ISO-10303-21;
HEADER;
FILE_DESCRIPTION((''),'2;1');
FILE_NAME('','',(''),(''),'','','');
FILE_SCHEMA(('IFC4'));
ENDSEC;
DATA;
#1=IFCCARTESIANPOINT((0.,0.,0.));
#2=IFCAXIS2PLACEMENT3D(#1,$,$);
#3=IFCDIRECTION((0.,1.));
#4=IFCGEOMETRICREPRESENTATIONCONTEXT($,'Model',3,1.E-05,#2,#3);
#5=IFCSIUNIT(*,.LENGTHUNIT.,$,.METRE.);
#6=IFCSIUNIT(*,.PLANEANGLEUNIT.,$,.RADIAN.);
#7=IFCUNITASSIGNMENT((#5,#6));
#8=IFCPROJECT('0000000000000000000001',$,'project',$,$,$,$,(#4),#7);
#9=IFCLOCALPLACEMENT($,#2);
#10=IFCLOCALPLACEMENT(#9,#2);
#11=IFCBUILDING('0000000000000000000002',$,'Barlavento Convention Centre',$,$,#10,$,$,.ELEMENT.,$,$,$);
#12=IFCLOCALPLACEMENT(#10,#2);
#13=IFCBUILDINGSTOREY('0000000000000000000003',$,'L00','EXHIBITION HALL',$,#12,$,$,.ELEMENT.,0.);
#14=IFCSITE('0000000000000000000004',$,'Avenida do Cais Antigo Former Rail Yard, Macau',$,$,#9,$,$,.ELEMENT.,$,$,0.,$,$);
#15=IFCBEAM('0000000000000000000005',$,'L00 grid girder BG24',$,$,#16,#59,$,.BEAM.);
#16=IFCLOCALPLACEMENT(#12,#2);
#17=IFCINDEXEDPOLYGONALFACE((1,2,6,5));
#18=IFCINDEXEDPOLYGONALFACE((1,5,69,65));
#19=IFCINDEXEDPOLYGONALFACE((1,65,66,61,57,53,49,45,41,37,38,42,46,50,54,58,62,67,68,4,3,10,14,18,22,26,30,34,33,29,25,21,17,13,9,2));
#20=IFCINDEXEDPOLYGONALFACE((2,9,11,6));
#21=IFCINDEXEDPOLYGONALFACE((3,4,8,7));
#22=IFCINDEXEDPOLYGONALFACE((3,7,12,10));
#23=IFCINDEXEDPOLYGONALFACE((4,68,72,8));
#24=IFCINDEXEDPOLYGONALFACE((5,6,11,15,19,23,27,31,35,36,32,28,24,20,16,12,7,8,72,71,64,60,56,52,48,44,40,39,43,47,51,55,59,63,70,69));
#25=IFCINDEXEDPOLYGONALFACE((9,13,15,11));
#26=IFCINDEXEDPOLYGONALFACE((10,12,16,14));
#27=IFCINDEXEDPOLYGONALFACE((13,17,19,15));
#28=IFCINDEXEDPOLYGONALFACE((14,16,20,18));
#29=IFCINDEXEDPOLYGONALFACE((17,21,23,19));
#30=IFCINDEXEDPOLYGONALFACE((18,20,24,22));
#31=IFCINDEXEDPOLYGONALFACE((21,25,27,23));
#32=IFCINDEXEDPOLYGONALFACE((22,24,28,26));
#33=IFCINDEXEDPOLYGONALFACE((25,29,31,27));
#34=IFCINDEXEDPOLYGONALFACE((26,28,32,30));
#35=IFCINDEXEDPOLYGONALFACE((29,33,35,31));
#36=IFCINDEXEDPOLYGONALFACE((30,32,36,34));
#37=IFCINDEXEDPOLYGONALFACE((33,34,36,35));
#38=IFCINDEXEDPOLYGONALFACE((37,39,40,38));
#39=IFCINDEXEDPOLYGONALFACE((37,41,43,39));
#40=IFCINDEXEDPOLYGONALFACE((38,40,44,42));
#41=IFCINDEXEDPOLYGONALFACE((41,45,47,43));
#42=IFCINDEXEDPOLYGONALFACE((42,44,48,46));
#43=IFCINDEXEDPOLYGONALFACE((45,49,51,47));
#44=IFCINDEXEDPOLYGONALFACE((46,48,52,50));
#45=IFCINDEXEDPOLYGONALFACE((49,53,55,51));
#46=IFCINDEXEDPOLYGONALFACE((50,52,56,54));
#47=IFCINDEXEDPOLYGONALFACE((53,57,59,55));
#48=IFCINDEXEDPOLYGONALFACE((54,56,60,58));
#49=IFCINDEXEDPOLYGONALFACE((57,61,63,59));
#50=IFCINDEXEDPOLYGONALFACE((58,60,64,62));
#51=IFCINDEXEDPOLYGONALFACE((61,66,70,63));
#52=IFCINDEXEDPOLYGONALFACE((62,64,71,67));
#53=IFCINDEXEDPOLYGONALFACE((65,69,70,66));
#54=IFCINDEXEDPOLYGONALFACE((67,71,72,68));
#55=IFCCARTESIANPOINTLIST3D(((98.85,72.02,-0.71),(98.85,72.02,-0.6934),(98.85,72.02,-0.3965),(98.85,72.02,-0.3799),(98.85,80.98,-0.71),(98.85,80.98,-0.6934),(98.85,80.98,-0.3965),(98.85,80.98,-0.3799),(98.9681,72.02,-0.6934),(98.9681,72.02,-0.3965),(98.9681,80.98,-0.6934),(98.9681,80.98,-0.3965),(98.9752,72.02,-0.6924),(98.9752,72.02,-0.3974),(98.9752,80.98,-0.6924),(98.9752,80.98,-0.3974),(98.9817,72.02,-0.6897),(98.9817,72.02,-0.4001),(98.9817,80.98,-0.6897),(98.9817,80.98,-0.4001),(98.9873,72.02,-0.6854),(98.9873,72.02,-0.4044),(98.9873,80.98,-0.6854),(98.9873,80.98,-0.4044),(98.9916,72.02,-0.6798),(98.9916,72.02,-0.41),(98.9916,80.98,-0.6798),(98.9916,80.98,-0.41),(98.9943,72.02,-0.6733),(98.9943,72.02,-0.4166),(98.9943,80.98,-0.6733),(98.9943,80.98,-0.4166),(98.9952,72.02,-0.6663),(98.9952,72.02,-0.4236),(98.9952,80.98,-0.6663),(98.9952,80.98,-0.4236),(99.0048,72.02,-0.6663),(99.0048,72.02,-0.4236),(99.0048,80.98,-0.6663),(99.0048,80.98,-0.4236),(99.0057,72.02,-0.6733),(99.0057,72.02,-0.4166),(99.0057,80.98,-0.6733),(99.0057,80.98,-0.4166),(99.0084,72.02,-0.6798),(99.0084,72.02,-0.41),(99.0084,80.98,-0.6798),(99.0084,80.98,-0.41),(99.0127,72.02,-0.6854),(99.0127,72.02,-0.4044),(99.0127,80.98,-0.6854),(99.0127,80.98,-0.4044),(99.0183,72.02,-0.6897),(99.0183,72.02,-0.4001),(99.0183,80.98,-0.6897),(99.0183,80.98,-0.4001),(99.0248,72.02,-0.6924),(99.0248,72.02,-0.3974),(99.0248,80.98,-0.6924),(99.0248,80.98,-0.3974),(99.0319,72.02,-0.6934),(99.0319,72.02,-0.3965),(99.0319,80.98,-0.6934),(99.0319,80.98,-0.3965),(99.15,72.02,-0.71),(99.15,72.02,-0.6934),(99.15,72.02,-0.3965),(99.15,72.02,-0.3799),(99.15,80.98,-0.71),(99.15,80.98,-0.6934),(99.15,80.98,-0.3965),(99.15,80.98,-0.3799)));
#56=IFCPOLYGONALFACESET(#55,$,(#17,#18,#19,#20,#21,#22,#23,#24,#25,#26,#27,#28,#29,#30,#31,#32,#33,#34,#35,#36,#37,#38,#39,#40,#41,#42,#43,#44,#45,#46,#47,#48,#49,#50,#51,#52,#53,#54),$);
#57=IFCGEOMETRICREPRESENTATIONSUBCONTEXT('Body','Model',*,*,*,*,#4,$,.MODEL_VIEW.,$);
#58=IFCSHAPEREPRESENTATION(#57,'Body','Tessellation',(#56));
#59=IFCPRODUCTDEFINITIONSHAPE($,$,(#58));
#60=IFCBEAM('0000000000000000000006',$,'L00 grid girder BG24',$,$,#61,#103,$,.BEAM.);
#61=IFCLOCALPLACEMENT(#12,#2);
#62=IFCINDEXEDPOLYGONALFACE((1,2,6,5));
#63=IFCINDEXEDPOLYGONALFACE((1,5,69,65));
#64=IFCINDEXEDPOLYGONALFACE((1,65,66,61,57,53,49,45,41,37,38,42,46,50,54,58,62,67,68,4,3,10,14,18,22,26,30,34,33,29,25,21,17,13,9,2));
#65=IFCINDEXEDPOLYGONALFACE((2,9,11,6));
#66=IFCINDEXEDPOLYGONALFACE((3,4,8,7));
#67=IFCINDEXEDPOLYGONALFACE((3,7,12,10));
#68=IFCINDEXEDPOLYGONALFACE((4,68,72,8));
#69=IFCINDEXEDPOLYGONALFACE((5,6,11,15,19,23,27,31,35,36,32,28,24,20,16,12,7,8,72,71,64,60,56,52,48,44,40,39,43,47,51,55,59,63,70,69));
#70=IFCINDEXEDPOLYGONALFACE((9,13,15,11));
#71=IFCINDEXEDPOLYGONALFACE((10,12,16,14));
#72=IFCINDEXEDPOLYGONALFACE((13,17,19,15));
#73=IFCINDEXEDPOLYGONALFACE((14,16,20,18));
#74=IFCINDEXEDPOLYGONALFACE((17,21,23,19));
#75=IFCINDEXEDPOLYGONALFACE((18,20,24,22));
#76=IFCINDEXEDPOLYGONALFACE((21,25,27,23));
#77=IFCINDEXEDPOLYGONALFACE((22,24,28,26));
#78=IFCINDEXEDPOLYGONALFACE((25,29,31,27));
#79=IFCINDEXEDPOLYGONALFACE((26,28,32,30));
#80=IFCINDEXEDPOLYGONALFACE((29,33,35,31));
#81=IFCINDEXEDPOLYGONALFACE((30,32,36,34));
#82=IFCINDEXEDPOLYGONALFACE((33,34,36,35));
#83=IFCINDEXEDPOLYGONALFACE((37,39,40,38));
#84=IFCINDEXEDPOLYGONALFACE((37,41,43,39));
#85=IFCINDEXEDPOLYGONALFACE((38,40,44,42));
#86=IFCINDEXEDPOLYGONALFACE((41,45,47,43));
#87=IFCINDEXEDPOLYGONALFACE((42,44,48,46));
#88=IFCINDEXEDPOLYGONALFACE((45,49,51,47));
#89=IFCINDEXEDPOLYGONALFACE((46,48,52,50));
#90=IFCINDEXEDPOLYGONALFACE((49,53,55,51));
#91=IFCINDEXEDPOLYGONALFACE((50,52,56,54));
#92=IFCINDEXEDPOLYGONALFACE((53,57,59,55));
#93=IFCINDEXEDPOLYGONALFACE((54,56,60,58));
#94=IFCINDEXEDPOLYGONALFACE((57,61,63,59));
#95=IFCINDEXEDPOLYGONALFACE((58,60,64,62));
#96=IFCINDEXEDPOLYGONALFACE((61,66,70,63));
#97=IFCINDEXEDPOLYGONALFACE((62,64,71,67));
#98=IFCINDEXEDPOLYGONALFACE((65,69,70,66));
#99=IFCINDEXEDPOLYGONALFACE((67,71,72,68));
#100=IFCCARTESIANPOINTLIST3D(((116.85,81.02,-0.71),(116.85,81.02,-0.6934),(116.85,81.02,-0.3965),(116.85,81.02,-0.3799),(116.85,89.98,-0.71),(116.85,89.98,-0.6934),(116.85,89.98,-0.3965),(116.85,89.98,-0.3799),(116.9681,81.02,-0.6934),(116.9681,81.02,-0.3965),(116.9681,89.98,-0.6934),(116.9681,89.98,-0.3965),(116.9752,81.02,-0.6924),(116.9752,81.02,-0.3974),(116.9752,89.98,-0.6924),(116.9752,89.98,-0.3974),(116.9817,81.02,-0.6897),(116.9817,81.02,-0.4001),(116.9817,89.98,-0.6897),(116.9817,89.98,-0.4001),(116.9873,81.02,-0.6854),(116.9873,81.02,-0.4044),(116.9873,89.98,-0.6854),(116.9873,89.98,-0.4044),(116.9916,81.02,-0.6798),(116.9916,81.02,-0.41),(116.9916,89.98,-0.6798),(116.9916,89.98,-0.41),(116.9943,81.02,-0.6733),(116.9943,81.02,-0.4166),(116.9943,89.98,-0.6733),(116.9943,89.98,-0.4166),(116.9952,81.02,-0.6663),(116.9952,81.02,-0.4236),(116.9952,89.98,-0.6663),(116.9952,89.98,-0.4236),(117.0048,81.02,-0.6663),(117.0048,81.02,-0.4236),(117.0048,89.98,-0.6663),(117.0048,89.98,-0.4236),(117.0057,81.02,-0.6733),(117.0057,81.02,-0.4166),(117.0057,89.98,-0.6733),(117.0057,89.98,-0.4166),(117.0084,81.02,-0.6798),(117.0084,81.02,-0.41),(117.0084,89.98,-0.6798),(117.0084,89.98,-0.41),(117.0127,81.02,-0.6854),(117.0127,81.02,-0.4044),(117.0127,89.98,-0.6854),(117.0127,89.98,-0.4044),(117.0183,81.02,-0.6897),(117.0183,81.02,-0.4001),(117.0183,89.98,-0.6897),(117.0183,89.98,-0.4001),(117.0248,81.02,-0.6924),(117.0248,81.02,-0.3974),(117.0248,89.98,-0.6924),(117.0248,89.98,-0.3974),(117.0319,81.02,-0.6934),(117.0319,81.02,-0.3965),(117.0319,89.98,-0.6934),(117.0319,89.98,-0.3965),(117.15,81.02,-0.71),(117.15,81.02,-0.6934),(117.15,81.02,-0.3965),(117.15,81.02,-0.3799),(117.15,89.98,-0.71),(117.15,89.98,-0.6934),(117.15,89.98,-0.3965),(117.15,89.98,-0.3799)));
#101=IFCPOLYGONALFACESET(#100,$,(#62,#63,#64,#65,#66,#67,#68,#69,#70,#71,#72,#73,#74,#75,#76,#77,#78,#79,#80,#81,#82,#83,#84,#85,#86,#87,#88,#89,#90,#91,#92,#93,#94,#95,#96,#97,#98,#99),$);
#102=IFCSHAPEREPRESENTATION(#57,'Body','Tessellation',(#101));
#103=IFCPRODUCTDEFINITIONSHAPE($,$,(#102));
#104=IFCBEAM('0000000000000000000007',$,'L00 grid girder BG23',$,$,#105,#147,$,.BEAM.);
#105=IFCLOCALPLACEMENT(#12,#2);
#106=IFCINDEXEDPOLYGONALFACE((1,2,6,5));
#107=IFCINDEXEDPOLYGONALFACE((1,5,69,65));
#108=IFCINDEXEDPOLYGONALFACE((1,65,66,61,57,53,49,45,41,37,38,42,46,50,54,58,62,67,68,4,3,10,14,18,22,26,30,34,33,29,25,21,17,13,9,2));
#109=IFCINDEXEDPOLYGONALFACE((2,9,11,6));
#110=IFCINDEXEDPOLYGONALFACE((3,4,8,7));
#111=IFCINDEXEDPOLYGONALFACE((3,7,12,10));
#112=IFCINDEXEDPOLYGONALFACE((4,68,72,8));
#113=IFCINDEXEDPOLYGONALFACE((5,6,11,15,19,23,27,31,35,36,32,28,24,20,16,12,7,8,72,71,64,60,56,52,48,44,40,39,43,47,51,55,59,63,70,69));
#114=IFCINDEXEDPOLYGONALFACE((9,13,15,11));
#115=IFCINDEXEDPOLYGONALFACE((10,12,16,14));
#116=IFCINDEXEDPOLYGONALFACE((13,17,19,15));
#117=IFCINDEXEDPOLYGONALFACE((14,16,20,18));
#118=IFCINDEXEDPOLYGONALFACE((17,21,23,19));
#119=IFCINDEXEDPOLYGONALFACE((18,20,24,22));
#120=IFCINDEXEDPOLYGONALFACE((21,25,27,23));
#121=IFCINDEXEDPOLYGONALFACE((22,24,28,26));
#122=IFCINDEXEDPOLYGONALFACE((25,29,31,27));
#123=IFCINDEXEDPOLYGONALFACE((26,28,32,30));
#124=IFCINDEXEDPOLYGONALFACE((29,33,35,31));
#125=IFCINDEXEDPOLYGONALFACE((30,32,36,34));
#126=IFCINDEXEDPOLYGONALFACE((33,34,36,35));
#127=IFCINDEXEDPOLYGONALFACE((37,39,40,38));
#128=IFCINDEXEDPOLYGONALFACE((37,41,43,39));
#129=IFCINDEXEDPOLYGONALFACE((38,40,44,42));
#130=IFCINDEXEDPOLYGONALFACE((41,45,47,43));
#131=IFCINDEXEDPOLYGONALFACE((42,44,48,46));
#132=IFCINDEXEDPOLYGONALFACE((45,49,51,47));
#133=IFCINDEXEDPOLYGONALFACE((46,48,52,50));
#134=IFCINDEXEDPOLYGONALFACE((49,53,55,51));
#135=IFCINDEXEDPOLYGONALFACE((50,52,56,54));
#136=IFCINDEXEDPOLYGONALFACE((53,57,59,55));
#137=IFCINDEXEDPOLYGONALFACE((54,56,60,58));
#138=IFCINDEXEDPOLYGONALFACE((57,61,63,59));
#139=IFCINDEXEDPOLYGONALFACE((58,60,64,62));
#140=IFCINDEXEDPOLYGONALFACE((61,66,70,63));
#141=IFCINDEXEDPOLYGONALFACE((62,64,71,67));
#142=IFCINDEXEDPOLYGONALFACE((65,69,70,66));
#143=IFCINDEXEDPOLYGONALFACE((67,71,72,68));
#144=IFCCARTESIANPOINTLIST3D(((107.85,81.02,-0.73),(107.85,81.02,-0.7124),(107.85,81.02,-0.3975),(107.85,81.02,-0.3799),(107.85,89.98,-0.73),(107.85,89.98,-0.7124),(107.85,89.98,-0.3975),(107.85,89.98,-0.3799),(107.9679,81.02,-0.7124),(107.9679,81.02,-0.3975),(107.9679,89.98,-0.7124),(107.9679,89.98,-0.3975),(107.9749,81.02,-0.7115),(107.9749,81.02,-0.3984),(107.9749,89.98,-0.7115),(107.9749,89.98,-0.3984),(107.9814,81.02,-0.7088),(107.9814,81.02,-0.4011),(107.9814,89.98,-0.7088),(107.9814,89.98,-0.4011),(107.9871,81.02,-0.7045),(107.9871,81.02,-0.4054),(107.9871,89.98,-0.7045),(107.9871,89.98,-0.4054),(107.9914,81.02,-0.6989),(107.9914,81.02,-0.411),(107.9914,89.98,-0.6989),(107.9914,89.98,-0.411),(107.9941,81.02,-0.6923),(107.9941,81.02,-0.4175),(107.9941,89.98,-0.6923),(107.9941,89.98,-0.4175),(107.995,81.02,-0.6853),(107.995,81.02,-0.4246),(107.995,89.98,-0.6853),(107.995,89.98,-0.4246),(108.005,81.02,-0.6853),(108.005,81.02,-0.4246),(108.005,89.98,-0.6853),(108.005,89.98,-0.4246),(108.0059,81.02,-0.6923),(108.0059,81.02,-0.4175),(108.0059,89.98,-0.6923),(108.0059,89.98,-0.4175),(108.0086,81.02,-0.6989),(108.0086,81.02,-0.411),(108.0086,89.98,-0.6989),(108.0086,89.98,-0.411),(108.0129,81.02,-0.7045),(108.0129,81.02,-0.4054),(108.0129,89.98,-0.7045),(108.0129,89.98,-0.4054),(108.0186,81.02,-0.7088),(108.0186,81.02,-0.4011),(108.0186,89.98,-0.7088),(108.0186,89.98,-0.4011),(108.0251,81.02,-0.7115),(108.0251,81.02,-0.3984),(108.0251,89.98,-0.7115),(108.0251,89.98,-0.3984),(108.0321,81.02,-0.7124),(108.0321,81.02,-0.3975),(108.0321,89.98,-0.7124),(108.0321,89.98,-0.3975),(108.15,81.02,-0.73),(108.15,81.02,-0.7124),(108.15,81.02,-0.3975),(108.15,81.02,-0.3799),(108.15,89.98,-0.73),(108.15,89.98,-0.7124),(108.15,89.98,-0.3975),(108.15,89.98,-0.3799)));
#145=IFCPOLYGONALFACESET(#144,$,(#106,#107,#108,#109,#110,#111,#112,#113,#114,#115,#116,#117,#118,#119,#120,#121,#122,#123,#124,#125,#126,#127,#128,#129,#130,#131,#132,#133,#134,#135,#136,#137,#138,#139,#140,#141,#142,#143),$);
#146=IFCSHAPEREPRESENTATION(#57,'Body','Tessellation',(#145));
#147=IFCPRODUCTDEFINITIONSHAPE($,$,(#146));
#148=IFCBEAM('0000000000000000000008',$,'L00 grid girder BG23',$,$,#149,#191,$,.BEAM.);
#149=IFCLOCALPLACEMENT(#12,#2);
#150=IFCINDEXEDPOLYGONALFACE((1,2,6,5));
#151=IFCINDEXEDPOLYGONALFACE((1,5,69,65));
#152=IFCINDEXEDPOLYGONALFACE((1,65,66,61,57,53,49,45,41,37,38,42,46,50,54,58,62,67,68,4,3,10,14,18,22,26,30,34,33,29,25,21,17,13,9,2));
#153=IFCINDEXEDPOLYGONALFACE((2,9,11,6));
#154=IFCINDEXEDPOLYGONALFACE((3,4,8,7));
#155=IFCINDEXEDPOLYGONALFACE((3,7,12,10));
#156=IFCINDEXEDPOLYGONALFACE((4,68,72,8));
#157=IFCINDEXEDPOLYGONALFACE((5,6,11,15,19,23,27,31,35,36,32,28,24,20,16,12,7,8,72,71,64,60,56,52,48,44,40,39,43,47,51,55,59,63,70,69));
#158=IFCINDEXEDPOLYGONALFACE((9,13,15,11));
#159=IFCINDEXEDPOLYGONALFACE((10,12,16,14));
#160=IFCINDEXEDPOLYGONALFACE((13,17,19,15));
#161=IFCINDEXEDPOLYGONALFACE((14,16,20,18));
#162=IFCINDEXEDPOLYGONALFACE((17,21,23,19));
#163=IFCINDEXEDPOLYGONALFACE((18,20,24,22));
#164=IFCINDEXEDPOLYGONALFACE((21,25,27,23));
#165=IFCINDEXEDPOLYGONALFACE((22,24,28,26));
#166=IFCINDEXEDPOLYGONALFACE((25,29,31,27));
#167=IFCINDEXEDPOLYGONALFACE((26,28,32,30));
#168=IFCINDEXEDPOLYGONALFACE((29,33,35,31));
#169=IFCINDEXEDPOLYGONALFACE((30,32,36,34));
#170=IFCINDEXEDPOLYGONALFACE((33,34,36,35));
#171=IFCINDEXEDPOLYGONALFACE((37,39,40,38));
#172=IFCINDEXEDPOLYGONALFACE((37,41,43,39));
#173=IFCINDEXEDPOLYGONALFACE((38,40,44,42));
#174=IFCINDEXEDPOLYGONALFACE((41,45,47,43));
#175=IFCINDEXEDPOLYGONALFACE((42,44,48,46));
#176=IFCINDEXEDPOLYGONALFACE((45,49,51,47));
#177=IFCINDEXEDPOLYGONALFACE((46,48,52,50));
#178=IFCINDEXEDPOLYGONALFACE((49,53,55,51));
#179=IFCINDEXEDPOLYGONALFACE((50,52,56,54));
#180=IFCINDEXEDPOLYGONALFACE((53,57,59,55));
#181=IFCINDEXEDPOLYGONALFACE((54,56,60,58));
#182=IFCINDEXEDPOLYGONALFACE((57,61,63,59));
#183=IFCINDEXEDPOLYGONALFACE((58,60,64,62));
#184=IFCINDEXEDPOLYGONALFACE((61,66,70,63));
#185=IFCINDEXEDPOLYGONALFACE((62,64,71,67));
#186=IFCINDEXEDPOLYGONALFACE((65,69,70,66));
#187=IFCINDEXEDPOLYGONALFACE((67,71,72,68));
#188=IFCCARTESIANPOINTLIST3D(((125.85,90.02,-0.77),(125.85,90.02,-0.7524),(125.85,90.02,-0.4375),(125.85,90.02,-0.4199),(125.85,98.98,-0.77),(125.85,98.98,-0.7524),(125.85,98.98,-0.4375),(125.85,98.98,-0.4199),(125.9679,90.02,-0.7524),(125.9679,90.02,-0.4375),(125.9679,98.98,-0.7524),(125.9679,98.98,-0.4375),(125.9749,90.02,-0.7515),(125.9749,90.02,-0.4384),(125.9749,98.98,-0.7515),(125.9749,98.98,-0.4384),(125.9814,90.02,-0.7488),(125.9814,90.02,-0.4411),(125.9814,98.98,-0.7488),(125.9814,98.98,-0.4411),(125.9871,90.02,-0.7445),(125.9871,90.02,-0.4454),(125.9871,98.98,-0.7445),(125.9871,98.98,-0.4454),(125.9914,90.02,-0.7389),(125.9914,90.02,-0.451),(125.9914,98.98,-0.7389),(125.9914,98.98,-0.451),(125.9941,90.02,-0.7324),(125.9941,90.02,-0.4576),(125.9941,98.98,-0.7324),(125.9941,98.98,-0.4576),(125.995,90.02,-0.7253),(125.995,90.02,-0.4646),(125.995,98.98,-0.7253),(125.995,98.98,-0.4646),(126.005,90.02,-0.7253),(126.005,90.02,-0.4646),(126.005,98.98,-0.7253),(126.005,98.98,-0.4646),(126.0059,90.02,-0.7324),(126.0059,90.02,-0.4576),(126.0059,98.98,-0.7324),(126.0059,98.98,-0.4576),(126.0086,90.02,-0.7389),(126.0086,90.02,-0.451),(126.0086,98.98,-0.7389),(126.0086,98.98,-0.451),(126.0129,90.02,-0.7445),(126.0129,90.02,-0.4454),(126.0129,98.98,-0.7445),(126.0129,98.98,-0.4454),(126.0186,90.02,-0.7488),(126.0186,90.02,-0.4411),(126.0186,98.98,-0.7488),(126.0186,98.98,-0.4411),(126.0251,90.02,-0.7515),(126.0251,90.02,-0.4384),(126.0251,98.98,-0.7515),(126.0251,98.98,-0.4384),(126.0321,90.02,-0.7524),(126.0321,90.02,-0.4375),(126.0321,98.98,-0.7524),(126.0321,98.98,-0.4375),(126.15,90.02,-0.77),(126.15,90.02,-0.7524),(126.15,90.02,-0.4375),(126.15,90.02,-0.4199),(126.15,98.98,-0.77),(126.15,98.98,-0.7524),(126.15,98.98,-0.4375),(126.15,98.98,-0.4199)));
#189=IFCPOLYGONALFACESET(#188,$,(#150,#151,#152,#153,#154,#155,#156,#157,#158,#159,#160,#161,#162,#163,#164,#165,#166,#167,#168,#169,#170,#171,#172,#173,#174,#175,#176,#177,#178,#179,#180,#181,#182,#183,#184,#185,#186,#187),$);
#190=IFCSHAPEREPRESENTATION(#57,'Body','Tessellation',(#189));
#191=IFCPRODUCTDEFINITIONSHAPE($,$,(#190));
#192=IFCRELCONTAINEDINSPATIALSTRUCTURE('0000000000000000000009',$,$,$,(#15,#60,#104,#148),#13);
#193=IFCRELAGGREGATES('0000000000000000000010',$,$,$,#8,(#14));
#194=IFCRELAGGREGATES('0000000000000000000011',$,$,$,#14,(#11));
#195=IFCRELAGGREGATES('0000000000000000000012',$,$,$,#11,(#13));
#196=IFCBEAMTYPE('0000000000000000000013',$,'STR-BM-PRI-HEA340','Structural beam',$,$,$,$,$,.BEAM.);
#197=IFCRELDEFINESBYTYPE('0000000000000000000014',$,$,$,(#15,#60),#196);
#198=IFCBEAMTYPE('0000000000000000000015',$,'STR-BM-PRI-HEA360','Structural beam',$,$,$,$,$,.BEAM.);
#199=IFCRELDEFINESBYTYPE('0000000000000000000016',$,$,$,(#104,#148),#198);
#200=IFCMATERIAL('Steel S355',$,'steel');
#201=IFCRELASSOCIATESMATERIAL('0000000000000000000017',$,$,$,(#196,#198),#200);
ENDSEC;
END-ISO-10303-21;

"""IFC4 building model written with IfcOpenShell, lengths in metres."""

from ifc_helpers import new_model, si_unit, direction, frame, origin, origin_2d, place, context, subcontext, project, spatial, i_section, extrude, material, material_profile, profile_set, type_object, element, save


model = new_model("IFC4")

# Units and contexts
model_context = context("Model", 3, precision=1e-05, world=origin(), true_north=direction((0.0, 1.0)))
body_context = subcontext(model_context, "Body", "Model", "MODEL_VIEW")
ifc_project = project(units=[si_unit("LENGTHUNIT", "METRE"), si_unit("PLANEANGLEUNIT", "RADIAN")], contexts=[model_context])

# Site, building, storey
site_placement = place(None, origin())
site = spatial("IfcSite", under=ifc_project, at=site_placement, Name="Avenida do Cais Antigo Former Rail Yard, Macau", CompositionType="ELEMENT", RefElevation=0.0)
building_placement = place(site_placement, origin())
building = spatial("IfcBuilding", under=site, at=building_placement, Name="Barlavento Convention Centre", CompositionType="ELEMENT")
storey_placement = place(building_placement, origin())
storey = spatial("IfcBuildingStorey", under=building, at=storey_placement, Name="L00", Description="EXHIBITION HALL", CompositionType="ELEMENT", Elevation=0.0)

# Beams
ifc_material_1 = material(Name="Steel S355", Category="steel")
ifc_material_profile_1 = material_profile(ifc_material_1, i_section(OverallWidth=0.3, OverallDepth=0.3301, WebThickness=0.0095, FlangeThickness=0.0166, FilletRadius=0.0271, at=origin_2d()), Name="HEA 340")
ifc_profile_set_1 = profile_set([ifc_material_profile_1], Name="Steel S355")
beam_type_1 = type_object("IfcBeamType", Name="STR-BM-PRI-HEA340", Description="Structural beam", PredefinedType="BEAM", material=ifc_profile_set_1)
for number, where, z_axis, x_axis, name in (
    (1, (99.0, 72.02, -0.5449), (0.0, 1.0, 0.0), (-1.0, 0.0, 0.0), "L00 grid girder BG24"),
    (2, (117.0, 81.02, -0.5449), (0.0, 1.0, 0.0), (-1.0, 0.0, 0.0), "L00 grid girder BG24"),
):
    element("IfcBeam", number, at=place(storey_placement, frame(where, z_axis=z_axis, x_axis=x_axis)), inside=storey, type_object=beam_type_1, Name=name, PredefinedType="BEAM", context=body_context, shape_type="SweptSolid", body=[
        extrude(i_section(OverallWidth=0.3, OverallDepth=0.3301, WebThickness=0.0095, FlangeThickness=0.0166, FilletRadius=0.0271, at=origin_2d()), origin(), (0.0, 0.0, 1.0), 8.96),
    ])
ifc_material_profile_2 = material_profile(ifc_material_1, i_section(OverallWidth=0.3, OverallDepth=0.3501, WebThickness=0.01, FlangeThickness=0.0176, FilletRadius=0.0271, at=origin_2d()), Name="HEA 360")
ifc_profile_set_2 = profile_set([ifc_material_profile_2], Name="Steel S355")
beam_type_2 = type_object("IfcBeamType", Name="STR-BM-PRI-HEA360", Description="Structural beam", PredefinedType="BEAM", material=ifc_profile_set_2)
for number, where, z_axis, x_axis, name in (
    (3, (108.0, 81.02, -0.5549), (0.0, 1.0, 0.0), (-1.0, 0.0, 0.0), "L00 grid girder BG23"),
    (4, (126.0, 90.02, -0.595), (0.0, 1.0, 0.0), (-1.0, 0.0, 0.0), "L00 grid girder BG23"),
):
    element("IfcBeam", number, at=place(storey_placement, frame(where, z_axis=z_axis, x_axis=x_axis)), inside=storey, type_object=beam_type_2, Name=name, PredefinedType="BEAM", context=body_context, shape_type="SweptSolid", body=[
        extrude(i_section(OverallWidth=0.3, OverallDepth=0.3501, WebThickness=0.01, FlangeThickness=0.0176, FilletRadius=0.0271, at=origin_2d()), origin(), (0.0, 0.0, 1.0), 8.96),
    ])

save(model, "model.ifc")
